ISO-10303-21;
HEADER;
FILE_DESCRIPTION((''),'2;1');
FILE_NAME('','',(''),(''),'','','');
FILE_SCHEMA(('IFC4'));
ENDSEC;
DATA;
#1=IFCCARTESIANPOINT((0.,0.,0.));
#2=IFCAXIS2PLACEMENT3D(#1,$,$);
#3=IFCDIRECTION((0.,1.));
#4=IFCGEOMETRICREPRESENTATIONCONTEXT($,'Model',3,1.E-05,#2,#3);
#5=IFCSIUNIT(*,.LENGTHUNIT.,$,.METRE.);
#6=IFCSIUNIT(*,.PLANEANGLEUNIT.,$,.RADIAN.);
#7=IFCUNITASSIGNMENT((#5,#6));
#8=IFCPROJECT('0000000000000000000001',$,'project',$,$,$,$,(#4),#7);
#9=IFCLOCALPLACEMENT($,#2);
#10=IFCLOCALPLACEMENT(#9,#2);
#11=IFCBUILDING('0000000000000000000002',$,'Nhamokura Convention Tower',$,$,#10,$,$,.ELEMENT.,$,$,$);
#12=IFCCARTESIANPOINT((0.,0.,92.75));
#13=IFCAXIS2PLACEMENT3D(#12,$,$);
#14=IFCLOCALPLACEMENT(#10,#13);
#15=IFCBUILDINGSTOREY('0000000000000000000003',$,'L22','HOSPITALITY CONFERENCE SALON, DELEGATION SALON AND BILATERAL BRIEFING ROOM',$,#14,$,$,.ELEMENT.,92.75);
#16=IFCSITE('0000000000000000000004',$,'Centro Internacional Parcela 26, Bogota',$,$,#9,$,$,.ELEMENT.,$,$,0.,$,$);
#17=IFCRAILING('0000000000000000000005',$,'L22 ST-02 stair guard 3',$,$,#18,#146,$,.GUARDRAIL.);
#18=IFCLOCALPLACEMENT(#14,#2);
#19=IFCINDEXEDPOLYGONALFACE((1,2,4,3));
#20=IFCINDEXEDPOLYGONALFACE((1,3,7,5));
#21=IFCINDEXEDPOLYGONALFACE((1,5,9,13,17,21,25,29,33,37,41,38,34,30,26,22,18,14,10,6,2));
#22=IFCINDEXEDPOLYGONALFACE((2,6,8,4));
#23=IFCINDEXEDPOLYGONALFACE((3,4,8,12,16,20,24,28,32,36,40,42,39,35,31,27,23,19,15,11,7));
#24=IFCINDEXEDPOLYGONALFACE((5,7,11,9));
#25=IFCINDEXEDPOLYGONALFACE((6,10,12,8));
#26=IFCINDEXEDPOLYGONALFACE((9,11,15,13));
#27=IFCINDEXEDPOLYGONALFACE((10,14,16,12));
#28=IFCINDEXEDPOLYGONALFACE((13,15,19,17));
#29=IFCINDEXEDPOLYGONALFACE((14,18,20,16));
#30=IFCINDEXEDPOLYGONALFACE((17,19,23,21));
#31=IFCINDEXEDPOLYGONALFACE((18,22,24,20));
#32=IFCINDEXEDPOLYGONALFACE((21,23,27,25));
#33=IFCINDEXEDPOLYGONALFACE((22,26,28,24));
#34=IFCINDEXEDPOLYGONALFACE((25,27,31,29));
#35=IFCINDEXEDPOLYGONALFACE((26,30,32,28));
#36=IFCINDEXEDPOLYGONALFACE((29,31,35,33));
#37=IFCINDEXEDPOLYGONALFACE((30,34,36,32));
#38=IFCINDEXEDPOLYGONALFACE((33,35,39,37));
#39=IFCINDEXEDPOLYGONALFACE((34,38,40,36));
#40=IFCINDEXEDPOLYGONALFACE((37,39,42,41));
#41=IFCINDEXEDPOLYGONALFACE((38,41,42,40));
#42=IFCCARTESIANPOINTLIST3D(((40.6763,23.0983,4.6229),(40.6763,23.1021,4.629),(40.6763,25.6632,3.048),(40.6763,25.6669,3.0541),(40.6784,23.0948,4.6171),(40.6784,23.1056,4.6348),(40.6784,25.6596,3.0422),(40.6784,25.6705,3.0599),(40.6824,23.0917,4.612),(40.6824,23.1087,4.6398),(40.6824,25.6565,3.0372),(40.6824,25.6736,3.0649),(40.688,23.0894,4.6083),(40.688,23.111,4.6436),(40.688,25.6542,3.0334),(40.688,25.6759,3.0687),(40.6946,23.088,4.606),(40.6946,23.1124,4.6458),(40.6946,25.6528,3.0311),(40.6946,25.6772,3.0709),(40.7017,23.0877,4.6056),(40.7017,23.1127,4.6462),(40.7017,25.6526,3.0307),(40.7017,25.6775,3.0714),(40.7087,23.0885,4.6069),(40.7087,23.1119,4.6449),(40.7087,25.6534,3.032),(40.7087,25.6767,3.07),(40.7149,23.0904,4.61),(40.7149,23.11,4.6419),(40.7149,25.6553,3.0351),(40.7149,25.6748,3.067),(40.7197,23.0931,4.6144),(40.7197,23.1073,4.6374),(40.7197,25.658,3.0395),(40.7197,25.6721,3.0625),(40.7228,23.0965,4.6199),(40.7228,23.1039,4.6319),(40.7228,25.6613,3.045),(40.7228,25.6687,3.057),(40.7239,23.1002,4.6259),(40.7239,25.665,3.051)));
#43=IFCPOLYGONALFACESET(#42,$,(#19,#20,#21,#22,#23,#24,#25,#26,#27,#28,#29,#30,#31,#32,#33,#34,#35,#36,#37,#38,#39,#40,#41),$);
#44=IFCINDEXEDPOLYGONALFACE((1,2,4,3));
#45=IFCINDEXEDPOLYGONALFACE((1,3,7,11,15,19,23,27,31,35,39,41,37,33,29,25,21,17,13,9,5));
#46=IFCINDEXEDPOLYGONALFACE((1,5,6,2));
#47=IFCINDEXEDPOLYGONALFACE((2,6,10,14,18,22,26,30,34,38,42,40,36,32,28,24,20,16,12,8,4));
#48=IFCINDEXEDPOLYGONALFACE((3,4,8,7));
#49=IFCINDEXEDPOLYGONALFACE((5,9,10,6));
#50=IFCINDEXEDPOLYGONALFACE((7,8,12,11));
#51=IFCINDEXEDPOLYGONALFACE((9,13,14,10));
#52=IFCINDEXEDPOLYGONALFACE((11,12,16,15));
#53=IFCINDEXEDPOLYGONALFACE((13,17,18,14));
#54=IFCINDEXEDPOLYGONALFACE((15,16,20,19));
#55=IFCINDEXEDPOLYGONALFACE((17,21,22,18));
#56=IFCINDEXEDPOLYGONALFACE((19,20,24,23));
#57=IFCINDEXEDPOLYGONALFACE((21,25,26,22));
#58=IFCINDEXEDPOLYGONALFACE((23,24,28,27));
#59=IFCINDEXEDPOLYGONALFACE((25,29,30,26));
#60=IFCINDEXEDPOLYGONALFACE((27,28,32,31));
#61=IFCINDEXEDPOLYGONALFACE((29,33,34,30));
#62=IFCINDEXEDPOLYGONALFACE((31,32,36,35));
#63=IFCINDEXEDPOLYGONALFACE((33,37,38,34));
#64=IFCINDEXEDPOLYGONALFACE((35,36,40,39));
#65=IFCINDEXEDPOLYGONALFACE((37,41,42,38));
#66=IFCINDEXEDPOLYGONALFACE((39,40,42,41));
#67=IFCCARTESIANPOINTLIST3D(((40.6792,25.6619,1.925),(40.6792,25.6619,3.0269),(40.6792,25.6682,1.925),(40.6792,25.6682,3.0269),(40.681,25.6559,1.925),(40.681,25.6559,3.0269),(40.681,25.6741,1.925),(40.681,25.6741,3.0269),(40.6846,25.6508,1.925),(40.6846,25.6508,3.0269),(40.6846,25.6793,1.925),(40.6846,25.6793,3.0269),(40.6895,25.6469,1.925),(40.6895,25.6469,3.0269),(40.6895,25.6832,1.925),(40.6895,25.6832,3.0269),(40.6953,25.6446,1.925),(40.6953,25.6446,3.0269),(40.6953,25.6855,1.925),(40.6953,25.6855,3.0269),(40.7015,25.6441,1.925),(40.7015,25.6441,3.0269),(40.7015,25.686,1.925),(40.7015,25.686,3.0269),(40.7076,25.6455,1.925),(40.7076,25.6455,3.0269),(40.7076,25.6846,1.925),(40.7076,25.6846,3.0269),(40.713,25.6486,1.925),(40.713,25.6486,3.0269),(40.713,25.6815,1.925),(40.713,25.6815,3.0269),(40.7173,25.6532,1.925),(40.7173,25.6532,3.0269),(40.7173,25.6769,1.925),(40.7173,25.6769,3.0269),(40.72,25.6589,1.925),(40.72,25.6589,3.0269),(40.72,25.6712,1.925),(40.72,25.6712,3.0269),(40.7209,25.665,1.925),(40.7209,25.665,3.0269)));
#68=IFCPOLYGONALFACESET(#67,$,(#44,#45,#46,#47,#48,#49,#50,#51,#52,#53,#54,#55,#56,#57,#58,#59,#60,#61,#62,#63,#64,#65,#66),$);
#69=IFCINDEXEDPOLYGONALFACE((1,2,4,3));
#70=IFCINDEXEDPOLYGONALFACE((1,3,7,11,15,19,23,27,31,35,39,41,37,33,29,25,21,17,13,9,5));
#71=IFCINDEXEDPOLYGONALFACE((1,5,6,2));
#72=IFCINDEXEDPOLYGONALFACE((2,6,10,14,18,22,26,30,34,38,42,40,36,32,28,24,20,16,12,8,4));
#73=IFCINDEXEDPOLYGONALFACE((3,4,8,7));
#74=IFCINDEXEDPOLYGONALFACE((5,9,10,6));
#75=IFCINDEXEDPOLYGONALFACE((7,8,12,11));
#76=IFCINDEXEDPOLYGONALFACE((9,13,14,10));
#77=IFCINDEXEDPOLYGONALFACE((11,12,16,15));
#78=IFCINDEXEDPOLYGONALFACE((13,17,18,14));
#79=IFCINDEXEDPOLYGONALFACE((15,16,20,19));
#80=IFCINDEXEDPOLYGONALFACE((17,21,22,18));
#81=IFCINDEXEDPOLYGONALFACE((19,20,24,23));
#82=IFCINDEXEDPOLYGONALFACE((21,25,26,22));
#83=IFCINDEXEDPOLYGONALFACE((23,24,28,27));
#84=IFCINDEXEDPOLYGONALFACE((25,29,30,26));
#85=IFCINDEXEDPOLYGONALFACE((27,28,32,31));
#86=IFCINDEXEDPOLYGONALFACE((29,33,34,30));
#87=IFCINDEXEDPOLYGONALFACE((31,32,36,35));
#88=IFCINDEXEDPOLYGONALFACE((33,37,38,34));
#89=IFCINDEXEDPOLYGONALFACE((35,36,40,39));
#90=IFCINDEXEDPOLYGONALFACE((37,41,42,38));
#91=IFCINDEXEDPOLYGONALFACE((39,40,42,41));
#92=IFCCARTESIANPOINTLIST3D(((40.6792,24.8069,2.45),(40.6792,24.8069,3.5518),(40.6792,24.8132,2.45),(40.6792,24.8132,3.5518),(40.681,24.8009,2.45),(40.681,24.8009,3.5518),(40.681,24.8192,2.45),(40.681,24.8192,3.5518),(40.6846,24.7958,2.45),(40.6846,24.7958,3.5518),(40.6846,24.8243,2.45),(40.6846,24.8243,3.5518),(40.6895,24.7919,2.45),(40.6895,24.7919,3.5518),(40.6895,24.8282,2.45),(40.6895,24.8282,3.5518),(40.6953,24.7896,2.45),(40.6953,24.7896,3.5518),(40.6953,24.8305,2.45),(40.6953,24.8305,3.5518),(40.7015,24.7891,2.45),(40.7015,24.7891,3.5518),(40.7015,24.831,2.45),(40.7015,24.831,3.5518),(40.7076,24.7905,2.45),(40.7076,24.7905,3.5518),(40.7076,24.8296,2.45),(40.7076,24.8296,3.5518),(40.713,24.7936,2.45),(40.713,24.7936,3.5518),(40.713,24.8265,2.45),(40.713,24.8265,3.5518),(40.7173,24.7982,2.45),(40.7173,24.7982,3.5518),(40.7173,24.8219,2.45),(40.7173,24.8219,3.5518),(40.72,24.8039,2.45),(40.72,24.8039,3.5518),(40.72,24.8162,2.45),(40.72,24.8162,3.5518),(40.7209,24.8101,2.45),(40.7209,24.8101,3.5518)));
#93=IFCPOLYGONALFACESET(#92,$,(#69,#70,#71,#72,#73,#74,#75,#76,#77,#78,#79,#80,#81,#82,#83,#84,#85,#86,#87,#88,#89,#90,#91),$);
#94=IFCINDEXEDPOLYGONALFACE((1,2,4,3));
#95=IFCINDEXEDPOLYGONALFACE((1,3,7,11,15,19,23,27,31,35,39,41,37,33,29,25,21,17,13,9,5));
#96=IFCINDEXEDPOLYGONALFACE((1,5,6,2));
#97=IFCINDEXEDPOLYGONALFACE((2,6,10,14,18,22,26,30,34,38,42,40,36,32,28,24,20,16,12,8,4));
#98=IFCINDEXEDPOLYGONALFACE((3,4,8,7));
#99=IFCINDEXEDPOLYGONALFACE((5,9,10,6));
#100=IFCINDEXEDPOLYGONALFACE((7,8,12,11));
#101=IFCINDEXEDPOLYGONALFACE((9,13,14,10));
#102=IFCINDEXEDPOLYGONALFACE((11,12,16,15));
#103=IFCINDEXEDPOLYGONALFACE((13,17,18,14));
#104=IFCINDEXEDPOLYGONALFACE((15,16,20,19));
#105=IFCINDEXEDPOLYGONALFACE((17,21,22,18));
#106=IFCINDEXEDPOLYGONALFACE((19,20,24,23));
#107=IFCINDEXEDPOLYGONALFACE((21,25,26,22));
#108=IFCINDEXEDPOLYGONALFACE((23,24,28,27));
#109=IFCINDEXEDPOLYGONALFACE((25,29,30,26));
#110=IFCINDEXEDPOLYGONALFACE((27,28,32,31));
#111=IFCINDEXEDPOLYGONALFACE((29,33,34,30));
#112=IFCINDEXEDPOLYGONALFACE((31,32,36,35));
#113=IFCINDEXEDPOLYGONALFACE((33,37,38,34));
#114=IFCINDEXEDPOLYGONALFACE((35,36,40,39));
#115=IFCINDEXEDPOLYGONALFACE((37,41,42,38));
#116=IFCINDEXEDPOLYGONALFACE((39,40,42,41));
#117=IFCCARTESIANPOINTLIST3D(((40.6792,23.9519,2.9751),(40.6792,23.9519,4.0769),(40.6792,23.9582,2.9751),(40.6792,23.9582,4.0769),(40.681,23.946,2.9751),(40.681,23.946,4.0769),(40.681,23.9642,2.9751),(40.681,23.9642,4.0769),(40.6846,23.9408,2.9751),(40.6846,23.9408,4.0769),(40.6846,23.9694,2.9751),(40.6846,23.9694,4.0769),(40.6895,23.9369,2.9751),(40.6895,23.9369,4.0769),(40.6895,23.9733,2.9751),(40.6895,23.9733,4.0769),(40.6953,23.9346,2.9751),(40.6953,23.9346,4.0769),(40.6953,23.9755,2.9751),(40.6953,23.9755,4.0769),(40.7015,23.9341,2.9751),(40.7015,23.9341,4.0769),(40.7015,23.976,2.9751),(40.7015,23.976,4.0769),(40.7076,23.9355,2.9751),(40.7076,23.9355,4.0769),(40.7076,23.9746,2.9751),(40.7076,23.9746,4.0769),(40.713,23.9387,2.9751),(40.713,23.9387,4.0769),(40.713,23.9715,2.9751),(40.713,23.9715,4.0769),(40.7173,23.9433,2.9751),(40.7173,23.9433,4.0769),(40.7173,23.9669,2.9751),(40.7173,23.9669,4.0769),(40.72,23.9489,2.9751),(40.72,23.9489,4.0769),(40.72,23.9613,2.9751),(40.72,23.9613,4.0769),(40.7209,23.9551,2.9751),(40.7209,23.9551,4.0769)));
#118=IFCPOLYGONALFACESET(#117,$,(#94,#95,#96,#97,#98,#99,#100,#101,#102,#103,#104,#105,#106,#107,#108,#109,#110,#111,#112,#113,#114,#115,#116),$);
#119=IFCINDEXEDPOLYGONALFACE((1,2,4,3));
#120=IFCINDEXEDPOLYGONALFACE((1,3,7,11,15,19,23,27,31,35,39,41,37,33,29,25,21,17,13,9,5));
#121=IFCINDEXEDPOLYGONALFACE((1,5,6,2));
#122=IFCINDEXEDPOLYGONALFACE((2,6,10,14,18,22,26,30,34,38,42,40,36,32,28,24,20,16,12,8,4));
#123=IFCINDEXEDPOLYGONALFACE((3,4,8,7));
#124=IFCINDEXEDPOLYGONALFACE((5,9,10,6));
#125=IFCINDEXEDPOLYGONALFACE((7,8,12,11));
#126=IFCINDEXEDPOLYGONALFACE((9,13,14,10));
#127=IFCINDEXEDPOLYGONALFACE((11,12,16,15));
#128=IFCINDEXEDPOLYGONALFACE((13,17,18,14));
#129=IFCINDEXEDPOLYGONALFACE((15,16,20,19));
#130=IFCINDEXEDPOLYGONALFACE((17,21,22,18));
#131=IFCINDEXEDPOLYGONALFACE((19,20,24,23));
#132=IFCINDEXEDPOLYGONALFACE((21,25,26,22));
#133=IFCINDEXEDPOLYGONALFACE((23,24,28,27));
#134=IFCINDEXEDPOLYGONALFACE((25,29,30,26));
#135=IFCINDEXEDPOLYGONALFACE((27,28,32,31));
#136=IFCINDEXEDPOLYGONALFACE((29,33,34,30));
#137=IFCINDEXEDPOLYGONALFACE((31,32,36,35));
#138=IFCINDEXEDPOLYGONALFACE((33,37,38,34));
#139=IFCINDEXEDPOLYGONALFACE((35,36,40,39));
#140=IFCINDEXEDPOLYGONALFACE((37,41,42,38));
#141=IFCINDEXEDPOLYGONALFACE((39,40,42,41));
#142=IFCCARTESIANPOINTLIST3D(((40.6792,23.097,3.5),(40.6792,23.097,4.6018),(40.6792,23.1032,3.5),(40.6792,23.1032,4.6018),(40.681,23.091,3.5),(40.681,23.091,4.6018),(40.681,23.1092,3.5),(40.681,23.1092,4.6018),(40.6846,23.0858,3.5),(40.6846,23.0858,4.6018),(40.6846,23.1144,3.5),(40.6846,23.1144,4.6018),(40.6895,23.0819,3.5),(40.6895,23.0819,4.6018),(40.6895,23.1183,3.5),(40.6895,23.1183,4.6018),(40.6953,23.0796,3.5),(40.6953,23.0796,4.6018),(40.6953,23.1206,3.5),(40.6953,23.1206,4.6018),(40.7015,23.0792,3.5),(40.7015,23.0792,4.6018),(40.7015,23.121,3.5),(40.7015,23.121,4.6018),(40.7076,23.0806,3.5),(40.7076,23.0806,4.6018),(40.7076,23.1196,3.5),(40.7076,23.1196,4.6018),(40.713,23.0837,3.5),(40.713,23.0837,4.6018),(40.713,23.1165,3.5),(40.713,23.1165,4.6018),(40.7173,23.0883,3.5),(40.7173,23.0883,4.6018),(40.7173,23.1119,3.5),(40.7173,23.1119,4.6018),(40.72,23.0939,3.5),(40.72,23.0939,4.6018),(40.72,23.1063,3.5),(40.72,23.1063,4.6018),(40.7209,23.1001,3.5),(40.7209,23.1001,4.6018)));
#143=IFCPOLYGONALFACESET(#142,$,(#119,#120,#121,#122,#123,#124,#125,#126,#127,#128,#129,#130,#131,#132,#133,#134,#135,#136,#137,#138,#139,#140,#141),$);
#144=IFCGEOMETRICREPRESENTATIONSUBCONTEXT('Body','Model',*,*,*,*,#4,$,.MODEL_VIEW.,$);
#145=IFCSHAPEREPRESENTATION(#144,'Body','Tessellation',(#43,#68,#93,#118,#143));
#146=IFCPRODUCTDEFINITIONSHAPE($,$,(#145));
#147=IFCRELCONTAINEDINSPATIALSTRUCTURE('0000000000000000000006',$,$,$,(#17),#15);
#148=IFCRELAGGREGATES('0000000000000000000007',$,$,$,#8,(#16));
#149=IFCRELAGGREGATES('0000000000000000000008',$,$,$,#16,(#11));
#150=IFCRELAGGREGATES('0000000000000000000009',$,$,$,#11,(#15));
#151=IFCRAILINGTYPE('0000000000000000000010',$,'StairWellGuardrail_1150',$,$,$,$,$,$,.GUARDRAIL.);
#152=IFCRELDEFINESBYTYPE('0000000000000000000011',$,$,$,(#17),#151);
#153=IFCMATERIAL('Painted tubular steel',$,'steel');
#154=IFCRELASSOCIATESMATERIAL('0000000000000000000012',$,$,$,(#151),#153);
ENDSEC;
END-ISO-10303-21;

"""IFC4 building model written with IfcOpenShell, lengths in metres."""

from ifc_helpers import new_model, si_unit, direction, frame, origin, origin_2d, place, context, subcontext, project, spatial, circle, extrude, material, type_object, element, save


model = new_model("IFC4")

# Units and contexts
model_context = context("Model", 3, precision=1e-05, world=origin(), true_north=direction((0.0, 1.0)))
body_context = subcontext(model_context, "Body", "Model", "MODEL_VIEW")
ifc_project = project(units=[si_unit("LENGTHUNIT", "METRE"), si_unit("PLANEANGLEUNIT", "RADIAN")], contexts=[model_context])

# Site, building, storey
site_placement = place(None, origin())
site = spatial("IfcSite", under=ifc_project, at=site_placement, Name="Centro Internacional Parcela 26, Bogota", CompositionType="ELEMENT", RefElevation=0.0)
building_placement = place(site_placement, origin())
building = spatial("IfcBuilding", under=site, at=building_placement, Name="Nhamokura Convention Tower", CompositionType="ELEMENT")
storey_placement = place(building_placement, frame((0.0, 0.0, 92.75)))
storey = spatial("IfcBuildingStorey", under=building, at=storey_placement, Name="L22", Description="HOSPITALITY CONFERENCE SALON, DELEGATION SALON AND BILATERAL BRIEFING ROOM", CompositionType="ELEMENT", Elevation=92.75)

# Railing
ifc_material_1 = material(Name="Painted tubular steel", Category="steel")
railing_type = type_object("IfcRailingType", Name="StairWellGuardrail_1150", PredefinedType="GUARDRAIL", material=ifc_material_1)
railing_1_placement = place(storey_placement, frame((40.7, 25.665, 1.925)))
element("IfcRailing", 1, at=railing_1_placement, inside=storey, type_object=railing_type, Name="L22 ST-02 stair guard 3", PredefinedType="GUARDRAIL", context=body_context, shape_type="SweptSolid", body=[
    extrude(circle(Radius=0.0239, at=origin_2d()), frame((0.0, 0.0, 1.126), z_axis=(0.0, -0.852173, 0.52326), x_axis=(1.0, 0.0, 0.0)), (0.0, 0.0, 1.0), 3.0098),
    extrude(circle(Radius=0.021, at=origin_2d()), origin(), (0.0, 0.0, 1.0), 1.1018),
    extrude(circle(Radius=0.021, at=origin_2d()), frame((0.0, -0.855, 0.5249)), (0.0, 0.0, 1.0), 1.1018),
    extrude(circle(Radius=0.021, at=origin_2d()), frame((0.0, -1.71, 1.05)), (0.0, 0.0, 1.0), 1.1018),
    extrude(circle(Radius=0.021, at=origin_2d()), frame((0.0, -2.5649, 1.575)), (0.0, 0.0, 1.0), 1.1018),
])

save(model, "model.ifc")
